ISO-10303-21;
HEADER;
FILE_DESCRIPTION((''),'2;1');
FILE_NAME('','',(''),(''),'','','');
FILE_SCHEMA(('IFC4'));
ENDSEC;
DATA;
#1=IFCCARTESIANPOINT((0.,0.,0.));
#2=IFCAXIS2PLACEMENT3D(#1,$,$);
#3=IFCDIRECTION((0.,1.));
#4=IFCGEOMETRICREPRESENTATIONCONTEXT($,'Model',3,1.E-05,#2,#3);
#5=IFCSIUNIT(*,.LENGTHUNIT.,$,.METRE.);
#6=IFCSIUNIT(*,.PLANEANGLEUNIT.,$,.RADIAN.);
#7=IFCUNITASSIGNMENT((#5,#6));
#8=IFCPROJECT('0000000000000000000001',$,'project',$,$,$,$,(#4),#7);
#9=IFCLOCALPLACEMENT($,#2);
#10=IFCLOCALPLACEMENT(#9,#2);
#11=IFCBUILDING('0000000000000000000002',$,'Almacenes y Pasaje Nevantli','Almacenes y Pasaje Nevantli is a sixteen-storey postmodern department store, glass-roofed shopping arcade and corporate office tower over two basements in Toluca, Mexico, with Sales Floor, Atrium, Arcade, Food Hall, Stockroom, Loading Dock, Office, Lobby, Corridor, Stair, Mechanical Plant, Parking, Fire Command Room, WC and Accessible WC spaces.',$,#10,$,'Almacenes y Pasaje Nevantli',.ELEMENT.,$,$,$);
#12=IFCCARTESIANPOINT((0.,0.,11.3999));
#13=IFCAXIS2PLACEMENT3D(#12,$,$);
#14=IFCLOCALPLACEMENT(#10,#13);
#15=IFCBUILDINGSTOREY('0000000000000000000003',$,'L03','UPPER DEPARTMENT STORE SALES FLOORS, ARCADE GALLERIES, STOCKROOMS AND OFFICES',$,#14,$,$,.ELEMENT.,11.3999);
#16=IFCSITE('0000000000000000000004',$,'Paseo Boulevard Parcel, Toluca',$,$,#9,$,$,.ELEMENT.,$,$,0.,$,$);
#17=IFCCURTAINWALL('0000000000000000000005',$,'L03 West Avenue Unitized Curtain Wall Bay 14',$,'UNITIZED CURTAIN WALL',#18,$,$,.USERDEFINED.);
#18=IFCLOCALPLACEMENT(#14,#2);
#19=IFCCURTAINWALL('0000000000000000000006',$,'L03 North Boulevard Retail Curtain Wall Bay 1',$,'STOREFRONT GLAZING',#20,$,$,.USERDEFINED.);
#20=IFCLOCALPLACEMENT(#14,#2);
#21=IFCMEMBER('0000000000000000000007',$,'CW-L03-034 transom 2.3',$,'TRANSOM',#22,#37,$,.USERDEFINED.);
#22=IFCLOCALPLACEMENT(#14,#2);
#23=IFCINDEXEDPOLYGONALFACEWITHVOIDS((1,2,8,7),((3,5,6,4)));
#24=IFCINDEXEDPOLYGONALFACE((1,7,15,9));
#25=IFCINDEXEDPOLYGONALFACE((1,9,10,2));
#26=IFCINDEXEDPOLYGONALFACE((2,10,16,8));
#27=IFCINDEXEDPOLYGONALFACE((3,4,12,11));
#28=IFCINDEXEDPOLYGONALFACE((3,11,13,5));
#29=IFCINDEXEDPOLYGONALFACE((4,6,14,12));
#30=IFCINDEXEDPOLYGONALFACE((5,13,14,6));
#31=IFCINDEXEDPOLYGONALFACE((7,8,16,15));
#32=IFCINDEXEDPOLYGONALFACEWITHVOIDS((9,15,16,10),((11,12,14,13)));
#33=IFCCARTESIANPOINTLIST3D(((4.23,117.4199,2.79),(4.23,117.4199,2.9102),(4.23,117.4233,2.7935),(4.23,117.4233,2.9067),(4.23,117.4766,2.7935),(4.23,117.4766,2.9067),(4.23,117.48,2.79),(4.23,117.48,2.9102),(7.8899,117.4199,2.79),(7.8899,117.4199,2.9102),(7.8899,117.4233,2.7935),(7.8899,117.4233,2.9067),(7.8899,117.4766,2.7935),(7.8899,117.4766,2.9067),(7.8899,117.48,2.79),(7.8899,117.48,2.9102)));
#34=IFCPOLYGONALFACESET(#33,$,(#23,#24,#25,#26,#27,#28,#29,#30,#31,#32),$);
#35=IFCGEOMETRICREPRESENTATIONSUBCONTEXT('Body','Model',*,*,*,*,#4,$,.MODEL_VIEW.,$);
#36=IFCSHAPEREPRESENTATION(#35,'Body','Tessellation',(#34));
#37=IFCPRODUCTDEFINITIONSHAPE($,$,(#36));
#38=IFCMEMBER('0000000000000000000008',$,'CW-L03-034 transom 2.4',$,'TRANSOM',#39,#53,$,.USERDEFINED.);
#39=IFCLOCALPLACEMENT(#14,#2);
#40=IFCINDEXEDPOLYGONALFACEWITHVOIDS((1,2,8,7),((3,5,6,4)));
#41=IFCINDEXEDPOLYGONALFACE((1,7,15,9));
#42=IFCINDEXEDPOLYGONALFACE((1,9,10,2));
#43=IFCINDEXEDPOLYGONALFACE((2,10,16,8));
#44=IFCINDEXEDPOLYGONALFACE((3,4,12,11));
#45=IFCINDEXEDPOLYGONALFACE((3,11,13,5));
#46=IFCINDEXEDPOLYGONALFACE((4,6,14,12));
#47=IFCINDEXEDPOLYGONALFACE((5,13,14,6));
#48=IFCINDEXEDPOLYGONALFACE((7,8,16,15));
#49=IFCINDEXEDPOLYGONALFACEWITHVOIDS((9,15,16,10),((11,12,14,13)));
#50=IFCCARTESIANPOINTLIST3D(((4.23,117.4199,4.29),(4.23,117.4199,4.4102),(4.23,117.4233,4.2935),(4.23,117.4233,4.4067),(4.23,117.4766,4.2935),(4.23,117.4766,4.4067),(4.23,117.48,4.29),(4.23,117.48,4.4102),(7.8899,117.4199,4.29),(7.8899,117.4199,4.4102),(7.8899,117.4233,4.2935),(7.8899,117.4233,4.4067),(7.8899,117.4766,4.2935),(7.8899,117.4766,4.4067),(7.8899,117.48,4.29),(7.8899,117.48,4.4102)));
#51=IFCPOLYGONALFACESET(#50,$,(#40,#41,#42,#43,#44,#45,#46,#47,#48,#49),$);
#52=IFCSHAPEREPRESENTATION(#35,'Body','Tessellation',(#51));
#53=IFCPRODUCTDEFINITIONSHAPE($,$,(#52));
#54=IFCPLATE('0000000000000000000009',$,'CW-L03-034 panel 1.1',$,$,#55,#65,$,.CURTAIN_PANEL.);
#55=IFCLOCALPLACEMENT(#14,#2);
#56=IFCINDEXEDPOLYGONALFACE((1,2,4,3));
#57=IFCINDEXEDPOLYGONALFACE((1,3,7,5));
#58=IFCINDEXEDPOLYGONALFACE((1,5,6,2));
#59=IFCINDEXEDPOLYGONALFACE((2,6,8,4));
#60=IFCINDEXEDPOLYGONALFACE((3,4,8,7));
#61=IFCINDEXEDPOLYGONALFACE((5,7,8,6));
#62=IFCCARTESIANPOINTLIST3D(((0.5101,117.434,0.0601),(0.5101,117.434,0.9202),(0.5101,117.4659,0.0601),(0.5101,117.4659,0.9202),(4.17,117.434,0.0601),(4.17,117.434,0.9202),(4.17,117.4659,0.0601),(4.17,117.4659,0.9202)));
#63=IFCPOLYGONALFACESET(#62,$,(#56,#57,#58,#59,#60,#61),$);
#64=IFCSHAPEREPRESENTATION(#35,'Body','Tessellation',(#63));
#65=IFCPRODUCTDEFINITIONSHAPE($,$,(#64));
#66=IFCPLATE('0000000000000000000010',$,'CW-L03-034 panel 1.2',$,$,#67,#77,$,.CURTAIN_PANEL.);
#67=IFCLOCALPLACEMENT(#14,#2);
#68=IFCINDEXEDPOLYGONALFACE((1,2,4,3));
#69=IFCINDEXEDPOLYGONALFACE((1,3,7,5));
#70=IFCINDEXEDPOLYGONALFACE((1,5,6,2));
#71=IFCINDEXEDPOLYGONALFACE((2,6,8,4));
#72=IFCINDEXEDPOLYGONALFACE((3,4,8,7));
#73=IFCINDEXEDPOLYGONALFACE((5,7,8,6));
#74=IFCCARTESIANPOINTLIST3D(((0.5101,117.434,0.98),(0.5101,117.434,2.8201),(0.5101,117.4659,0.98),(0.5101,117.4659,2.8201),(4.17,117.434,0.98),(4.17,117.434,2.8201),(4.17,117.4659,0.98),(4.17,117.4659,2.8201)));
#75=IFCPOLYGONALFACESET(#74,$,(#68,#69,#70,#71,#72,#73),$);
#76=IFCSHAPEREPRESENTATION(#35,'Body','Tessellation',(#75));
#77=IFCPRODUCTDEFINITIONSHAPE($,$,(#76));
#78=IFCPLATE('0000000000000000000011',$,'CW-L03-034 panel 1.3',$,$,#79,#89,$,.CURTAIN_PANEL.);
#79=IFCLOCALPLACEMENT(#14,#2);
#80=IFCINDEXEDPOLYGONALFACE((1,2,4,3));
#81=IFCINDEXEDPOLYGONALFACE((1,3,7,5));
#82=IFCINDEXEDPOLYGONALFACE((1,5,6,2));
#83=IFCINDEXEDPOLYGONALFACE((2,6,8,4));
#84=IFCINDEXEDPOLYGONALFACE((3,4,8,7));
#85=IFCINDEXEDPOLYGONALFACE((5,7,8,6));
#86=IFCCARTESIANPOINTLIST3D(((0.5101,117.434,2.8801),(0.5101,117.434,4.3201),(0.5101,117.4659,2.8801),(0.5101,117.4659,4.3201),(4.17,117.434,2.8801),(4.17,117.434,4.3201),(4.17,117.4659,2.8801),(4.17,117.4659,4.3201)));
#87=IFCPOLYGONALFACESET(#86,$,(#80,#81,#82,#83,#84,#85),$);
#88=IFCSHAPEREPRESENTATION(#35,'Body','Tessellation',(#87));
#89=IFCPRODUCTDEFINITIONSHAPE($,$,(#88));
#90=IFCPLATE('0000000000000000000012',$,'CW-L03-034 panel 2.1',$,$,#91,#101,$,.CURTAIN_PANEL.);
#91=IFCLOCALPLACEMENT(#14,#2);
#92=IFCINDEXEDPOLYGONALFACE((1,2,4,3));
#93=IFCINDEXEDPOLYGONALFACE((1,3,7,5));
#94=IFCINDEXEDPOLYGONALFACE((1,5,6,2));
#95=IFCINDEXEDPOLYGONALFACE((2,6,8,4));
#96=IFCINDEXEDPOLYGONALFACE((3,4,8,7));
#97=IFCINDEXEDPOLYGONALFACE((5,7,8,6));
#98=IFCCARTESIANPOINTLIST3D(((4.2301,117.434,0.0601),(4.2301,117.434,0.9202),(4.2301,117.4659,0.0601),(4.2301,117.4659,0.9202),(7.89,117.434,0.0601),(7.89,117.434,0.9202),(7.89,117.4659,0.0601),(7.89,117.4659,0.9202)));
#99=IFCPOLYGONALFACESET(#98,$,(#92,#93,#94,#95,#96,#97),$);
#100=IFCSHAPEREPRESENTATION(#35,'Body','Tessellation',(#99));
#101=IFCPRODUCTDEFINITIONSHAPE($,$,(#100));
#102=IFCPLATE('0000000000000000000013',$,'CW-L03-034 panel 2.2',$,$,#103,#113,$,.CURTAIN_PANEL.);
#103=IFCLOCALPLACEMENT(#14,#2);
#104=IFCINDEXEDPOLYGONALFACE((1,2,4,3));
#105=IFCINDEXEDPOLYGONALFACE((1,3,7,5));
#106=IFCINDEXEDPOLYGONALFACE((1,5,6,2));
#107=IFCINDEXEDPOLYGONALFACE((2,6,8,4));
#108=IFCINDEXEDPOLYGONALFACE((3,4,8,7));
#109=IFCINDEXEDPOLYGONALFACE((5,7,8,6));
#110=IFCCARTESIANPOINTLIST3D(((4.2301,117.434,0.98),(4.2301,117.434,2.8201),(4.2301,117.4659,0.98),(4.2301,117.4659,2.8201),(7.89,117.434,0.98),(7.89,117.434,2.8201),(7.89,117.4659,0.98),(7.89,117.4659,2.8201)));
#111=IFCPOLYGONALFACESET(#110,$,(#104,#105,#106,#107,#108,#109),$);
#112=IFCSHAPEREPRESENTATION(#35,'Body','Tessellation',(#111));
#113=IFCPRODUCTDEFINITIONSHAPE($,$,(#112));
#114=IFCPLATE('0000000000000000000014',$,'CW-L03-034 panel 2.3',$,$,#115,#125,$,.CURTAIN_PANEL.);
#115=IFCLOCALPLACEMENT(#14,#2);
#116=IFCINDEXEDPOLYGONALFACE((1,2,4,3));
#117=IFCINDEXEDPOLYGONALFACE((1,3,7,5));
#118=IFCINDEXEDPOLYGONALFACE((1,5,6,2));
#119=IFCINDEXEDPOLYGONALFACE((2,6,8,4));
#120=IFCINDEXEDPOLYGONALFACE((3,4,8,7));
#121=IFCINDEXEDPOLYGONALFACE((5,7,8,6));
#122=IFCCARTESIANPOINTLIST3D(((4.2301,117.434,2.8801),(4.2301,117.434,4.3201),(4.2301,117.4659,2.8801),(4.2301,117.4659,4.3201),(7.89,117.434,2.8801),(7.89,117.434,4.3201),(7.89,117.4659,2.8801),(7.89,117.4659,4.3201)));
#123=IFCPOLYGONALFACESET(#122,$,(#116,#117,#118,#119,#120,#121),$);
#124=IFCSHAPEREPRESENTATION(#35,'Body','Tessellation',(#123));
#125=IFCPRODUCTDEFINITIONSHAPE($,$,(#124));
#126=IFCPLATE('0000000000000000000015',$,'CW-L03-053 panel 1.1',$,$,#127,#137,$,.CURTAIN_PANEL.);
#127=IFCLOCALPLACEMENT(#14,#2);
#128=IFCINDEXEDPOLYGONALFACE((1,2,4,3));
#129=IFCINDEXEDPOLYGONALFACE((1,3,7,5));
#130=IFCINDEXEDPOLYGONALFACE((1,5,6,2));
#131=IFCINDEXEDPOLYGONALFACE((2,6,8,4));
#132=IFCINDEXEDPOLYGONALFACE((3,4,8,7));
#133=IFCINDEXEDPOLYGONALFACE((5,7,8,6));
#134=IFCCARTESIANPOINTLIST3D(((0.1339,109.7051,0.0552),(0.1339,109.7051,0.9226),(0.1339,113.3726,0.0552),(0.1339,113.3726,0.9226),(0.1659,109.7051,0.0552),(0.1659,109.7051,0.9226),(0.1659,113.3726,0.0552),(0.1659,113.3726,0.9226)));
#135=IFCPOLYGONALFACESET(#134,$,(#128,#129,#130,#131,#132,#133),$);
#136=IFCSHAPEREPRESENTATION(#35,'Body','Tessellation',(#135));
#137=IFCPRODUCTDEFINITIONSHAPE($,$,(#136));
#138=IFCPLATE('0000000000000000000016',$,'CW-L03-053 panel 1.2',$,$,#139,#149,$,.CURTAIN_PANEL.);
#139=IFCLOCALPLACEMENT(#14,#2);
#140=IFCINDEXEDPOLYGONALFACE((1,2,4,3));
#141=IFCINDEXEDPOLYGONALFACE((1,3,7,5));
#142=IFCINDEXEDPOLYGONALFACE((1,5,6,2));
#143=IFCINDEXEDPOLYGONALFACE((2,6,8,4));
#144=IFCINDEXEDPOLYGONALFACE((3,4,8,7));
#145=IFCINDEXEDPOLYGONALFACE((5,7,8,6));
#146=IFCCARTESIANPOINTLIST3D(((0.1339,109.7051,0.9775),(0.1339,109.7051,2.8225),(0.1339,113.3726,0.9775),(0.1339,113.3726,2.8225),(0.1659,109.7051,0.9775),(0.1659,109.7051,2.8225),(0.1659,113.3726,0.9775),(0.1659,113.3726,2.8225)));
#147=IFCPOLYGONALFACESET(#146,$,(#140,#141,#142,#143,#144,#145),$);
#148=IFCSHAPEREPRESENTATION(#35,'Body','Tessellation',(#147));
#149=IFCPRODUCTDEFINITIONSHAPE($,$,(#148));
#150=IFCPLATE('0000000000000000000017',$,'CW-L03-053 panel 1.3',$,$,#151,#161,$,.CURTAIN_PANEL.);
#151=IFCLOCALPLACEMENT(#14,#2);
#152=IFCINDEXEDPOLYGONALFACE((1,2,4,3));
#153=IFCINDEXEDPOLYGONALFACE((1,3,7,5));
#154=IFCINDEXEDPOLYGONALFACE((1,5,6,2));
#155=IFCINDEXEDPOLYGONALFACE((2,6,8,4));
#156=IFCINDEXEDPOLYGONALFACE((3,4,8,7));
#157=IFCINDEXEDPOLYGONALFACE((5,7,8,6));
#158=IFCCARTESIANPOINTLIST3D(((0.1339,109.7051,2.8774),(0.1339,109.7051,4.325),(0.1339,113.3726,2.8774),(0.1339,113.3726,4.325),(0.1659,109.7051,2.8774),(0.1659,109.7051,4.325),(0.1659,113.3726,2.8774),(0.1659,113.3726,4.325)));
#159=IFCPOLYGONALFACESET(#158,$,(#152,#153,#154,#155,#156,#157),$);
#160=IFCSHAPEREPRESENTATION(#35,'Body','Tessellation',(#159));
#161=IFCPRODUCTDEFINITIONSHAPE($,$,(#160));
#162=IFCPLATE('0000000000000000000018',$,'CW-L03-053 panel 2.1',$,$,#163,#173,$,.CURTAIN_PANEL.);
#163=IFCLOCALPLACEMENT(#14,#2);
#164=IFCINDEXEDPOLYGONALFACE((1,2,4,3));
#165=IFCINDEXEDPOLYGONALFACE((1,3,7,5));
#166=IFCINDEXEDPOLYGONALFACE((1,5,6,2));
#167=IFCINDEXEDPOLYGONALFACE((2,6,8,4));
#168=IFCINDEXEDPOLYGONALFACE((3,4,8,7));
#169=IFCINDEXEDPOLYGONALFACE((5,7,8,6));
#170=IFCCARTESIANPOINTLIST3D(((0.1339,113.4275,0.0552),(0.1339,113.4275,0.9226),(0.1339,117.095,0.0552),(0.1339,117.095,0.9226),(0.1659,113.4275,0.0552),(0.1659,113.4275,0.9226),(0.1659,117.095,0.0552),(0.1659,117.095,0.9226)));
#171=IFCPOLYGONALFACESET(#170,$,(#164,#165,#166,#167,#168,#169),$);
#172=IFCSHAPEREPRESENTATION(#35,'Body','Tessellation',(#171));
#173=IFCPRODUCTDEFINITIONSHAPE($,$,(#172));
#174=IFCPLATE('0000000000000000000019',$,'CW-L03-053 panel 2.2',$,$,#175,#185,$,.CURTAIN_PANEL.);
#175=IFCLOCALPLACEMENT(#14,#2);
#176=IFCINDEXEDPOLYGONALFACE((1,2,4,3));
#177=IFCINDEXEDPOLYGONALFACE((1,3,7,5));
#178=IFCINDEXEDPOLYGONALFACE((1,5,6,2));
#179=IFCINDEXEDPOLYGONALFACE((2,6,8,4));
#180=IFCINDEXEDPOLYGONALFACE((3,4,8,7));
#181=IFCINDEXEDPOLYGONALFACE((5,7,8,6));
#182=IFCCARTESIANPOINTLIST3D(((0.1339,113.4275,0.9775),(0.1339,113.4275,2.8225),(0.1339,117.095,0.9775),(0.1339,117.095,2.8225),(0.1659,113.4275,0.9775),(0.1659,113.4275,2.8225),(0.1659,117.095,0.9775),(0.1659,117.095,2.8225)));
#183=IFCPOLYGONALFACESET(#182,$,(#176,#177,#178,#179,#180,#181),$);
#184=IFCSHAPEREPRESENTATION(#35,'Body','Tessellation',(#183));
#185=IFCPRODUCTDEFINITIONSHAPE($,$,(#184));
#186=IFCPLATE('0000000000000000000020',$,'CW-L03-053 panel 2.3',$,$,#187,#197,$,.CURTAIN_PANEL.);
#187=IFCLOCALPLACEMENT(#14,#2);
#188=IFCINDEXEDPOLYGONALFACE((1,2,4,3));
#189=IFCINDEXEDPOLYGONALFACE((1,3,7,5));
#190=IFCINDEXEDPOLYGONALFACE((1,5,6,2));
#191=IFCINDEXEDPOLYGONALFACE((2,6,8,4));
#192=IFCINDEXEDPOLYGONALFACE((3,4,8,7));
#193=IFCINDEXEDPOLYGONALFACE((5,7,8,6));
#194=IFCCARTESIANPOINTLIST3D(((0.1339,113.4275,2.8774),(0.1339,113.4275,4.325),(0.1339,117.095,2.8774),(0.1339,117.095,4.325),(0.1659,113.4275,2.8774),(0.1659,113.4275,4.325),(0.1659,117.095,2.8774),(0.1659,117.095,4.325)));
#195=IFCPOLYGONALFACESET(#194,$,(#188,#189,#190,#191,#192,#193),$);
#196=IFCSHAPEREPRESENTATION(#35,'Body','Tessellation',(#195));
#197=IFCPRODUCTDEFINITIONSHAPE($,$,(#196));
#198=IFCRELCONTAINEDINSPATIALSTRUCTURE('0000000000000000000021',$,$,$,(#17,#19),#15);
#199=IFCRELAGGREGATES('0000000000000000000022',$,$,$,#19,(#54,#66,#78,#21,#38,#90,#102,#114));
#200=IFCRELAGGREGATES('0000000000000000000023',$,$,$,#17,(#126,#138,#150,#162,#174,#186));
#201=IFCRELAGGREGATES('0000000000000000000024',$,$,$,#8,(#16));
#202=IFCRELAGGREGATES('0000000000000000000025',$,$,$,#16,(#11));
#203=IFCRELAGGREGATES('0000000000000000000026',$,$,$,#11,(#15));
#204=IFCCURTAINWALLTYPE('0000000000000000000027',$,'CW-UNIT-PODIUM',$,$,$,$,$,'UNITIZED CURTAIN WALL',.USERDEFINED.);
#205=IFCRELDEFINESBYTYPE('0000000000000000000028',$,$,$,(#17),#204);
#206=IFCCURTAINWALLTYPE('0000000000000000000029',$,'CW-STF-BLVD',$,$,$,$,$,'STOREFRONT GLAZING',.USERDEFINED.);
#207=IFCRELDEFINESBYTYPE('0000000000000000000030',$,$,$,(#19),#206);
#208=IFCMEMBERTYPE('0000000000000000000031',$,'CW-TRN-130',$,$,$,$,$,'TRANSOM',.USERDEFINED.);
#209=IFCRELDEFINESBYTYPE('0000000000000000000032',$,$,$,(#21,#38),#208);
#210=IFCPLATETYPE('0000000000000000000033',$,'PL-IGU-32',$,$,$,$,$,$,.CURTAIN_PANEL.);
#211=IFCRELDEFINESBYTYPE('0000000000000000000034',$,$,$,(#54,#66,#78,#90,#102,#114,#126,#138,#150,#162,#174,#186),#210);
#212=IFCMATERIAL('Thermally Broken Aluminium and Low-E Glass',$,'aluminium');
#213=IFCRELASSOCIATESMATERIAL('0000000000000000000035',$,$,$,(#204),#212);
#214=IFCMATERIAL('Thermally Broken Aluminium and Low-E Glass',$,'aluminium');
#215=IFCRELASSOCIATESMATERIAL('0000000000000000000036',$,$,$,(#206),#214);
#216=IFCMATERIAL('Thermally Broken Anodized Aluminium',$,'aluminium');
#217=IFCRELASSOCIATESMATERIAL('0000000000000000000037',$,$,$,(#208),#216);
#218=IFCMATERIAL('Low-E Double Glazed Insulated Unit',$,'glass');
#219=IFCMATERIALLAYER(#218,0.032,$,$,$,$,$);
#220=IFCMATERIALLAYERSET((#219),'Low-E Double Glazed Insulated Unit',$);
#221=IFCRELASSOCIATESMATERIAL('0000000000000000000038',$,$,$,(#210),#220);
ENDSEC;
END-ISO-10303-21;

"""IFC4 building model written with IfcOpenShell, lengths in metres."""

from ifc_helpers import new_model, si_unit, direction, frame, origin, origin_2d, place, context, subcontext, project, spatial, rectangle, hollow_rectangle, extrude, material, layer, layer_set, material_profile, profile_set, type_object, element, aggregate, save


model = new_model("IFC4")

# Units and contexts
model_context = context("Model", 3, precision=1e-05, world=origin(), true_north=direction((0.0, 1.0)))
body_context = subcontext(model_context, "Body", "Model", "MODEL_VIEW")
ifc_project = project(units=[si_unit("LENGTHUNIT", "METRE"), si_unit("PLANEANGLEUNIT", "RADIAN")], contexts=[model_context])

# Site, building, storey
site_placement = place(None, origin())
site = spatial("IfcSite", under=ifc_project, at=site_placement, Name="Paseo Boulevard Parcel, Toluca", CompositionType="ELEMENT", RefElevation=0.0)
building_placement = place(site_placement, origin())
building = spatial("IfcBuilding", under=site, at=building_placement, Name="Almacenes y Pasaje Nevantli", Description="Almacenes y Pasaje Nevantli is a sixteen-storey postmodern department store, glass-roofed shopping arcade and corporate office tower over two basements in Toluca, Mexico, with Sales Floor, Atrium, Arcade, Food Hall, Stockroom, Loading Dock, Office, Lobby, Corridor, Stair, Mechanical Plant, Parking, Fire Command Room, WC and Accessible WC spaces.", LongName="Almacenes y Pasaje Nevantli", CompositionType="ELEMENT")
storey_placement = place(building_placement, frame((0.0, 0.0, 11.3999)))
storey = spatial("IfcBuildingStorey", under=building, at=storey_placement, Name="L03", Description="UPPER DEPARTMENT STORE SALES FLOORS, ARCADE GALLERIES, STOCKROOMS AND OFFICES", CompositionType="ELEMENT", Elevation=11.3999)

# Curtain walls
ifc_material_1 = material(Name="Thermally Broken Aluminium and Low-E Glass", Category="aluminium")
curtain_wall_type_1 = type_object("IfcCurtainWallType", Name="CW-UNIT-PODIUM", ElementType="UNITIZED CURTAIN WALL", PredefinedType="USERDEFINED", material=ifc_material_1)
curtain_wall_1_placement = place(storey_placement, origin())
curtain_wall_1 = element("IfcCurtainWall", 1, at=curtain_wall_1_placement, inside=storey, type_object=curtain_wall_type_1, Name="L03 West Avenue Unitized Curtain Wall Bay 14", ObjectType="UNITIZED CURTAIN WALL", PredefinedType="USERDEFINED")
ifc_material_2 = material(Name="Thermally Broken Aluminium and Low-E Glass", Category="aluminium")
curtain_wall_type_2 = type_object("IfcCurtainWallType", Name="CW-STF-BLVD", ElementType="STOREFRONT GLAZING", PredefinedType="USERDEFINED", material=ifc_material_2)
curtain_wall_2_placement = place(storey_placement, origin())
curtain_wall_2 = element("IfcCurtainWall", 2, at=curtain_wall_2_placement, inside=storey, type_object=curtain_wall_type_2, Name="L03 North Boulevard Retail Curtain Wall Bay 1", ObjectType="STOREFRONT GLAZING", PredefinedType="USERDEFINED")

# Members
ifc_material_3 = material(Name="Thermally Broken Anodized Aluminium", Category="aluminium")
ifc_material_profile_1 = material_profile(ifc_material_3, hollow_rectangle(XDim=0.0601, YDim=0.1201, WallThickness=0.0034, at=origin_2d()), Name="ALU-TRN-60x120")
ifc_profile_set_1 = profile_set([ifc_material_profile_1], Name="Thermally Broken Anodized Aluminium")
member_type_1 = type_object("IfcMemberType", Name="CW-TRN-130", ElementType="TRANSOM", PredefinedType="USERDEFINED", material=ifc_profile_set_1)
member_1_placement = place(storey_placement, frame((4.23, 117.45, 2.8501), z_axis=(1.0, 0.0, 0.0), x_axis=(0.0, 1.0, 0.0)))
member_1 = element("IfcMember", 3, at=member_1_placement, type_object=member_type_1, Name="CW-L03-034 transom 2.3", ObjectType="TRANSOM", PredefinedType="USERDEFINED", context=body_context, shape_type="SweptSolid", body=[
    extrude(hollow_rectangle(XDim=0.0601, YDim=0.1201, WallThickness=0.0034, at=origin_2d()), origin(), (0.0, 0.0, 1.0), 3.6599),
])
member_2_placement = place(storey_placement, frame((4.23, 117.45, 4.3501), z_axis=(1.0, 0.0, 0.0), x_axis=(0.0, 1.0, 0.0)))
member_2 = element("IfcMember", 4, at=member_2_placement, type_object=member_type_1, Name="CW-L03-034 transom 2.4", ObjectType="TRANSOM", PredefinedType="USERDEFINED", context=body_context, shape_type="SweptSolid", body=[
    extrude(hollow_rectangle(XDim=0.0601, YDim=0.1201, WallThickness=0.0034, at=origin_2d()), origin(), (0.0, 0.0, 1.0), 3.6599),
])

# Plates
ifc_material_4 = material(Name="Low-E Double Glazed Insulated Unit", Category="glass")
ifc_layer = layer(ifc_material_4, 0.032)
ifc_layer_set = layer_set([ifc_layer], Name="Low-E Double Glazed Insulated Unit")
plate_type = type_object("IfcPlateType", Name="PL-IGU-32", PredefinedType="CURTAIN_PANEL", material=ifc_layer_set)
plate_1_placement = place(storey_placement, frame((2.3401, 117.45, 0.0601), z_axis=(0.0, 0.0, 1.0), x_axis=(1.0, 0.0, 0.0)))
plate_1 = element("IfcPlate", 5, at=plate_1_placement, type_object=plate_type, Name="CW-L03-034 panel 1.1", PredefinedType="CURTAIN_PANEL", context=body_context, shape_type="SweptSolid", body=[
    extrude(rectangle(XDim=3.6599, YDim=0.032, at=origin_2d()), origin(), (0.0, 0.0, 1.0), 0.8601),
])
plate_2_placement = place(storey_placement, frame((2.3401, 117.45, 0.98), z_axis=(0.0, 0.0, 1.0), x_axis=(1.0, 0.0, 0.0)))
plate_2 = element("IfcPlate", 6, at=plate_2_placement, type_object=plate_type, Name="CW-L03-034 panel 1.2", PredefinedType="CURTAIN_PANEL", context=body_context, shape_type="SweptSolid", body=[
    extrude(rectangle(XDim=3.6599, YDim=0.032, at=origin_2d()), origin(), (0.0, 0.0, 1.0), 1.8401),
])
plate_3_placement = place(storey_placement, frame((2.3401, 117.45, 2.8801), z_axis=(0.0, 0.0, 1.0), x_axis=(1.0, 0.0, 0.0)))
plate_3 = element("IfcPlate", 7, at=plate_3_placement, type_object=plate_type, Name="CW-L03-034 panel 1.3", PredefinedType="CURTAIN_PANEL", context=body_context, shape_type="SweptSolid", body=[
    extrude(rectangle(XDim=3.6599, YDim=0.032, at=origin_2d()), origin(), (0.0, 0.0, 1.0), 1.4399),
])
plate_4_placement = place(storey_placement, frame((6.0601, 117.45, 0.0601), z_axis=(0.0, 0.0, 1.0), x_axis=(1.0, 0.0, 0.0)))
plate_4 = element("IfcPlate", 8, at=plate_4_placement, type_object=plate_type, Name="CW-L03-034 panel 2.1", PredefinedType="CURTAIN_PANEL", context=body_context, shape_type="SweptSolid", body=[
    extrude(rectangle(XDim=3.6599, YDim=0.032, at=origin_2d()), origin(), (0.0, 0.0, 1.0), 0.8601),
])
plate_5_placement = place(storey_placement, frame((6.0601, 117.45, 0.98), z_axis=(0.0, 0.0, 1.0), x_axis=(1.0, 0.0, 0.0)))
plate_5 = element("IfcPlate", 9, at=plate_5_placement, type_object=plate_type, Name="CW-L03-034 panel 2.2", PredefinedType="CURTAIN_PANEL", context=body_context, shape_type="SweptSolid", body=[
    extrude(rectangle(XDim=3.6599, YDim=0.032, at=origin_2d()), origin(), (0.0, 0.0, 1.0), 1.8401),
])
plate_6_placement = place(storey_placement, frame((6.0601, 117.45, 2.8801), z_axis=(0.0, 0.0, 1.0), x_axis=(1.0, 0.0, 0.0)))
plate_6 = element("IfcPlate", 10, at=plate_6_placement, type_object=plate_type, Name="CW-L03-034 panel 2.3", PredefinedType="CURTAIN_PANEL", context=body_context, shape_type="SweptSolid", body=[
    extrude(rectangle(XDim=3.6599, YDim=0.032, at=origin_2d()), origin(), (0.0, 0.0, 1.0), 1.4399),
])
aggregate(curtain_wall_2, [plate_1, plate_2, plate_3, member_1, member_2, plate_4, plate_5, plate_6])
plate_7_placement = place(storey_placement, frame((0.1499, 111.5388, 0.0552), z_axis=(0.0, 0.0, 1.0), x_axis=(0.0, 1.0, 0.0)))
plate_7 = element("IfcPlate", 11, at=plate_7_placement, type_object=plate_type, Name="CW-L03-053 panel 1.1", PredefinedType="CURTAIN_PANEL", context=body_context, shape_type="SweptSolid", body=[
    extrude(rectangle(XDim=3.6675, YDim=0.032, at=origin_2d()), origin(), (0.0, 0.0, 1.0), 0.8674),
])
plate_8_placement = place(storey_placement, frame((0.1499, 111.5388, 0.9775), z_axis=(0.0, 0.0, 1.0), x_axis=(0.0, 1.0, 0.0)))
plate_8 = element("IfcPlate", 12, at=plate_8_placement, type_object=plate_type, Name="CW-L03-053 panel 1.2", PredefinedType="CURTAIN_PANEL", context=body_context, shape_type="SweptSolid", body=[
    extrude(rectangle(XDim=3.6675, YDim=0.032, at=origin_2d()), origin(), (0.0, 0.0, 1.0), 1.845),
])
plate_9_placement = place(storey_placement, frame((0.1499, 111.5388, 2.8774), z_axis=(0.0, 0.0, 1.0), x_axis=(0.0, 1.0, 0.0)))
plate_9 = element("IfcPlate", 13, at=plate_9_placement, type_object=plate_type, Name="CW-L03-053 panel 1.3", PredefinedType="CURTAIN_PANEL", context=body_context, shape_type="SweptSolid", body=[
    extrude(rectangle(XDim=3.6675, YDim=0.032, at=origin_2d()), origin(), (0.0, 0.0, 1.0), 1.4475),
])
plate_10_placement = place(storey_placement, frame((0.1499, 115.2612, 0.0552), z_axis=(0.0, 0.0, 1.0), x_axis=(0.0, 1.0, 0.0)))
plate_10 = element("IfcPlate", 14, at=plate_10_placement, type_object=plate_type, Name="CW-L03-053 panel 2.1", PredefinedType="CURTAIN_PANEL", context=body_context, shape_type="SweptSolid", body=[
    extrude(rectangle(XDim=3.6675, YDim=0.032, at=origin_2d()), origin(), (0.0, 0.0, 1.0), 0.8674),
])
plate_11_placement = place(storey_placement, frame((0.1499, 115.2612, 0.9775), z_axis=(0.0, 0.0, 1.0), x_axis=(0.0, 1.0, 0.0)))
plate_11 = element("IfcPlate", 15, at=plate_11_placement, type_object=plate_type, Name="CW-L03-053 panel 2.2", PredefinedType="CURTAIN_PANEL", context=body_context, shape_type="SweptSolid", body=[
    extrude(rectangle(XDim=3.6675, YDim=0.032, at=origin_2d()), origin(), (0.0, 0.0, 1.0), 1.845),
])
plate_12_placement = place(storey_placement, frame((0.1499, 115.2612, 2.8774), z_axis=(0.0, 0.0, 1.0), x_axis=(0.0, 1.0, 0.0)))
plate_12 = element("IfcPlate", 16, at=plate_12_placement, type_object=plate_type, Name="CW-L03-053 panel 2.3", PredefinedType="CURTAIN_PANEL", context=body_context, shape_type="SweptSolid", body=[
    extrude(rectangle(XDim=3.6675, YDim=0.032, at=origin_2d()), origin(), (0.0, 0.0, 1.0), 1.4475),
])
aggregate(curtain_wall_1, [plate_7, plate_8, plate_9, plate_10, plate_11, plate_12])

save(model, "model.ifc")
